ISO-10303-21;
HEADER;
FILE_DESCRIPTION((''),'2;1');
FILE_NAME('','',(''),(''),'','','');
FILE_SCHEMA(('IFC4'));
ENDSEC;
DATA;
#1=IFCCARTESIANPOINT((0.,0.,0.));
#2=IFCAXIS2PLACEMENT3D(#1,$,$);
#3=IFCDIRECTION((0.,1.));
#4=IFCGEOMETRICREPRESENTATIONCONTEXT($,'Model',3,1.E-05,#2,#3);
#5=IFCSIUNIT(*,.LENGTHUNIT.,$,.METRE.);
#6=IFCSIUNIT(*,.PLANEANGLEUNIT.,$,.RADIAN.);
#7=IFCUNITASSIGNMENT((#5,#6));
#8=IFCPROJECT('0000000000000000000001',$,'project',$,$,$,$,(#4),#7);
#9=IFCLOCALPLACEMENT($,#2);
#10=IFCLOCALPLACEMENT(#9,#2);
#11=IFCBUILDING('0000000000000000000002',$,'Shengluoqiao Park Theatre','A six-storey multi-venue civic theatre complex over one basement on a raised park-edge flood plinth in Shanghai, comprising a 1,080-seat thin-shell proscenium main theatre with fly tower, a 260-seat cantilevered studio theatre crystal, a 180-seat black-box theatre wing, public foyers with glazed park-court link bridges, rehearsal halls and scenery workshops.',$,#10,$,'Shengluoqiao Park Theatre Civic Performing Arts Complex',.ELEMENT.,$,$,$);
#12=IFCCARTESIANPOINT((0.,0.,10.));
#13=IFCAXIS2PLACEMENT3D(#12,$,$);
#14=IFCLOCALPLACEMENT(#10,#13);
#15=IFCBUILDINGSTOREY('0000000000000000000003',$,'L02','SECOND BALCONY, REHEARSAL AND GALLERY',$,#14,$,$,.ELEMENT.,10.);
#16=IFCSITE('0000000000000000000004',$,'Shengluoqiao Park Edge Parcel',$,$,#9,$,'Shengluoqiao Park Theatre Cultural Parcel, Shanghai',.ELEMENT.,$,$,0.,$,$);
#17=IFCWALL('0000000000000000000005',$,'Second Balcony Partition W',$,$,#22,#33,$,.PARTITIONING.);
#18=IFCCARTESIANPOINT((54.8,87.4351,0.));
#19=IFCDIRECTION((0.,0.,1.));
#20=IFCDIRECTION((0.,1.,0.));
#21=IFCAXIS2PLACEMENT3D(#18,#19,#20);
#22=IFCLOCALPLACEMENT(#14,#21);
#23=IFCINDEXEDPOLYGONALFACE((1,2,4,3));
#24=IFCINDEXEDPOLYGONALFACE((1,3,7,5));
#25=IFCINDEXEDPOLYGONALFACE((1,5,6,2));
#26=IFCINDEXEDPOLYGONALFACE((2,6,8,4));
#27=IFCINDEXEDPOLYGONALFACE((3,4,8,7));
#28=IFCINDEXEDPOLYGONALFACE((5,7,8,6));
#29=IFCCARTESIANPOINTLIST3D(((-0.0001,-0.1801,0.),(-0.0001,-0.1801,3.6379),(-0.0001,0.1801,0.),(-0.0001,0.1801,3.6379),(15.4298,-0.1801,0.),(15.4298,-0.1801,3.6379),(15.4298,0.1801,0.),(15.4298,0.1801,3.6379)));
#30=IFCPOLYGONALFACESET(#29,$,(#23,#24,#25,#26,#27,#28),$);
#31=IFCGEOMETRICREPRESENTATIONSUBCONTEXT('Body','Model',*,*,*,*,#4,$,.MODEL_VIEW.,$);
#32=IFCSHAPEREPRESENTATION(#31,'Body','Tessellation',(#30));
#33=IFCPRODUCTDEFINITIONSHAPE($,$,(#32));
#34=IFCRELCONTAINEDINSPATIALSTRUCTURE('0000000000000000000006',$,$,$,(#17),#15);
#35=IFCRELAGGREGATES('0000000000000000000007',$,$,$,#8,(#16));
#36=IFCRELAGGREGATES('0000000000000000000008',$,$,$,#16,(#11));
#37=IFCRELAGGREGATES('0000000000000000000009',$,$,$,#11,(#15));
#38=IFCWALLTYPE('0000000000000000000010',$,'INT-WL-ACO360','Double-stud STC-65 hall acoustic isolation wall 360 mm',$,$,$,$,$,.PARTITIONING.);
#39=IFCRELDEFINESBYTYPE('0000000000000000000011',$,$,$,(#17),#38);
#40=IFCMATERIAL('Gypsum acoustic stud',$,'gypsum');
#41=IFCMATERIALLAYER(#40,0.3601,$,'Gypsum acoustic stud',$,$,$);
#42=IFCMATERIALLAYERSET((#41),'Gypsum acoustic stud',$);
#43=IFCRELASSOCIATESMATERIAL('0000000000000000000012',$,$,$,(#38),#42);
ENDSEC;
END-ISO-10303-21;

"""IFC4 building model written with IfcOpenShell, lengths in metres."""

from ifc_helpers import new_model, si_unit, direction, frame, frame_2d, origin, place, context, subcontext, project, spatial, rectangle, extrude, material, layer, layer_set, type_object, element, save


model = new_model("IFC4")

# Units and contexts
model_context = context("Model", 3, precision=1e-05, world=origin(), true_north=direction((0.0, 1.0)))
body_context = subcontext(model_context, "Body", "Model", "MODEL_VIEW")
ifc_project = project(units=[si_unit("LENGTHUNIT", "METRE"), si_unit("PLANEANGLEUNIT", "RADIAN")], contexts=[model_context])

# Site, building, storey
site_placement = place(None, origin())
site = spatial("IfcSite", under=ifc_project, at=site_placement, Name="Shengluoqiao Park Edge Parcel", LongName="Shengluoqiao Park Theatre Cultural Parcel, Shanghai", CompositionType="ELEMENT", RefElevation=0.0)
building_placement = place(site_placement, origin())
building = spatial("IfcBuilding", under=site, at=building_placement, Name="Shengluoqiao Park Theatre", Description="A six-storey multi-venue civic theatre complex over one basement on a raised park-edge flood plinth in Shanghai, comprising a 1,080-seat thin-shell proscenium main theatre with fly tower, a 260-seat cantilevered studio theatre crystal, a 180-seat black-box theatre wing, public foyers with glazed park-court link bridges, rehearsal halls and scenery workshops.", LongName="Shengluoqiao Park Theatre Civic Performing Arts Complex", CompositionType="ELEMENT")
storey_placement = place(building_placement, frame((0.0, 0.0, 10.0)))
storey = spatial("IfcBuildingStorey", under=building, at=storey_placement, Name="L02", Description="SECOND BALCONY, REHEARSAL AND GALLERY", CompositionType="ELEMENT", Elevation=10.0)

# Wall
ifc_material_1 = material(Name="Gypsum acoustic stud", Category="gypsum")
ifc_layer_1 = layer(ifc_material_1, 0.3601, Name="Gypsum acoustic stud")
ifc_layer_set_1 = layer_set([ifc_layer_1], Name="Gypsum acoustic stud")
wall_type_1 = type_object("IfcWallType", Name="INT-WL-ACO360", Description="Double-stud STC-65 hall acoustic isolation wall 360 mm", PredefinedType="PARTITIONING", material=ifc_layer_set_1)
wall_1_placement = place(storey_placement, frame((54.8, 87.4351, 0.0), z_axis=(0.0, 0.0, 1.0), x_axis=(0.0, 1.0, 0.0)))
element("IfcWall", 1, at=wall_1_placement, inside=storey, type_object=wall_type_1, Name="Second Balcony Partition W", PredefinedType="PARTITIONING", context=body_context, shape_type="SweptSolid", body=[
    extrude(rectangle(XDim=15.4299, YDim=0.3601, at=frame_2d((7.7148, 0.0))), origin(), (0.0, 0.0, 1.0), 3.6379),
])

save(model, "model.ifc")
